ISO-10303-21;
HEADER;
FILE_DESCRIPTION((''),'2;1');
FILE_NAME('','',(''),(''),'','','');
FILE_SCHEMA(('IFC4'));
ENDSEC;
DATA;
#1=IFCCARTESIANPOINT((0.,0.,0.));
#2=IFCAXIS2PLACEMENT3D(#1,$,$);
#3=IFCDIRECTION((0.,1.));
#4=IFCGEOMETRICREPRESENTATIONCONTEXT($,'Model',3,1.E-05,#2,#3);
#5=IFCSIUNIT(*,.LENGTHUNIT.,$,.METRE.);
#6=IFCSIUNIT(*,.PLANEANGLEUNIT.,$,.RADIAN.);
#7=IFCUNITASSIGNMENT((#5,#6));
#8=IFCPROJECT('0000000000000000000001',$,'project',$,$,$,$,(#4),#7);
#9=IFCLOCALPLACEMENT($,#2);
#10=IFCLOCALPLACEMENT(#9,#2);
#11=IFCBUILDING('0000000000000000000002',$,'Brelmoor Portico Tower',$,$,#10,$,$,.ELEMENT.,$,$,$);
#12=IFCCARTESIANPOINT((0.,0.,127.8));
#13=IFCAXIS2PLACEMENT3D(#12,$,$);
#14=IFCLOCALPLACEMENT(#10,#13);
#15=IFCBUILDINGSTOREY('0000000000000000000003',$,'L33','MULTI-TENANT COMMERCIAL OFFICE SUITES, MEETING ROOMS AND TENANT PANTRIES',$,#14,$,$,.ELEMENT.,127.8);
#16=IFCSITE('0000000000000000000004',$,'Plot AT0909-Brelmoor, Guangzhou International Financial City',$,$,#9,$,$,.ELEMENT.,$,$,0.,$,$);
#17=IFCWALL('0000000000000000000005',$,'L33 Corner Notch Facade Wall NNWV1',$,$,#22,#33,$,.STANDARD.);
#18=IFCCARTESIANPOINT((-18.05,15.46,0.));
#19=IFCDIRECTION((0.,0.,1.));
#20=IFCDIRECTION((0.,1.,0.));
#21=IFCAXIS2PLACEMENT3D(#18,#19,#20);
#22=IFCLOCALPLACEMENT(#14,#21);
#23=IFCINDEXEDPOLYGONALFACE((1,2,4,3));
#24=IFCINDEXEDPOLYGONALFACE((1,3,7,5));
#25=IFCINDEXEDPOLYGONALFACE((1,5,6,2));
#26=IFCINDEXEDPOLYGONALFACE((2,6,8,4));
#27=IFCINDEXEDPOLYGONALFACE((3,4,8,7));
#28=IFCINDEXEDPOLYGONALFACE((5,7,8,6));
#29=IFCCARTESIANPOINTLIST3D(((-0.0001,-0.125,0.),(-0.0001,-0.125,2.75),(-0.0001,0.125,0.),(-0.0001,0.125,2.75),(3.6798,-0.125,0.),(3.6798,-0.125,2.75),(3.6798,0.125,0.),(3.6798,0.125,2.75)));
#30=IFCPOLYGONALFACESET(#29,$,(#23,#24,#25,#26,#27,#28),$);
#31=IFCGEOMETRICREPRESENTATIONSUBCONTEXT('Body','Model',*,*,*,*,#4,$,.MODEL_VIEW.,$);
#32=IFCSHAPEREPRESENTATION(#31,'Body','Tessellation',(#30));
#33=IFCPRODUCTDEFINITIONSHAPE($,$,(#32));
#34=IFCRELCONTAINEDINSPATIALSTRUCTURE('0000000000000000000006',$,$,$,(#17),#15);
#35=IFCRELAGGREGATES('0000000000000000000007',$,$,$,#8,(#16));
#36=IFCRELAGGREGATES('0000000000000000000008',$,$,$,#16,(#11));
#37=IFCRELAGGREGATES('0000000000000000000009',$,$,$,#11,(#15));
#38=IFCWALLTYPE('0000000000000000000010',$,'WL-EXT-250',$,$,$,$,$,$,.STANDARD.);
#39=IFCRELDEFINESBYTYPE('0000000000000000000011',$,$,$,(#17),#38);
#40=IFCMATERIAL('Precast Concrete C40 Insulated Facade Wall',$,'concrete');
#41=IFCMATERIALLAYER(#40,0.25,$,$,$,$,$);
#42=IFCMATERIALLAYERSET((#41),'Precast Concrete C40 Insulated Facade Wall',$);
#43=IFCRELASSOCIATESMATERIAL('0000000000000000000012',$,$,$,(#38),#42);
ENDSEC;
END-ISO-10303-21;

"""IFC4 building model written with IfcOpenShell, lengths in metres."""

from ifc_helpers import new_model, si_unit, direction, frame, frame_2d, origin, place, context, subcontext, project, spatial, rectangle, extrude, material, layer, layer_set, type_object, element, save


model = new_model("IFC4")

# Units and contexts
model_context = context("Model", 3, precision=1e-05, world=origin(), true_north=direction((0.0, 1.0)))
body_context = subcontext(model_context, "Body", "Model", "MODEL_VIEW")
ifc_project = project(units=[si_unit("LENGTHUNIT", "METRE"), si_unit("PLANEANGLEUNIT", "RADIAN")], contexts=[model_context])

# Site, building, storey
site_placement = place(None, origin())
site = spatial("IfcSite", under=ifc_project, at=site_placement, Name="Plot AT0909-Brelmoor, Guangzhou International Financial City", CompositionType="ELEMENT", RefElevation=0.0)
building_placement = place(site_placement, origin())
building = spatial("IfcBuilding", under=site, at=building_placement, Name="Brelmoor Portico Tower", CompositionType="ELEMENT")
storey_placement = place(building_placement, frame((0.0, 0.0, 127.8)))
storey = spatial("IfcBuildingStorey", under=building, at=storey_placement, Name="L33", Description="MULTI-TENANT COMMERCIAL OFFICE SUITES, MEETING ROOMS AND TENANT PANTRIES", CompositionType="ELEMENT", Elevation=127.8)

# Shared definitions
ifc_material_1 = material(Name="Precast Concrete C40 Insulated Facade Wall", Category="concrete")
ifc_layer_1 = layer(ifc_material_1, 0.25)
ifc_layer_set_1 = layer_set([ifc_layer_1], Name="Precast Concrete C40 Insulated Facade Wall")
wall_type_1 = type_object("IfcWallType", Name="WL-EXT-250", PredefinedType="STANDARD", material=ifc_layer_set_1)

# Wall
for number, where, z_axis, x_axis, name in (
    (1, (-18.05, 15.46, 0.0), (0.0, 0.0, 1.0), (0.0, 1.0, 0.0), "L33 Corner Notch Facade Wall NNWV1"),
):
    element("IfcWall", number, at=place(storey_placement, frame(where, z_axis=z_axis, x_axis=x_axis)), inside=storey, type_object=wall_type_1, Name=name, PredefinedType="STANDARD", context=body_context, shape_type="SweptSolid", body=[
        extrude(rectangle(XDim=3.6799, YDim=0.25, at=frame_2d((1.8398, 0.0))), origin(), (0.0, 0.0, 1.0), 2.75),
    ])

save(model, "model.ifc")
